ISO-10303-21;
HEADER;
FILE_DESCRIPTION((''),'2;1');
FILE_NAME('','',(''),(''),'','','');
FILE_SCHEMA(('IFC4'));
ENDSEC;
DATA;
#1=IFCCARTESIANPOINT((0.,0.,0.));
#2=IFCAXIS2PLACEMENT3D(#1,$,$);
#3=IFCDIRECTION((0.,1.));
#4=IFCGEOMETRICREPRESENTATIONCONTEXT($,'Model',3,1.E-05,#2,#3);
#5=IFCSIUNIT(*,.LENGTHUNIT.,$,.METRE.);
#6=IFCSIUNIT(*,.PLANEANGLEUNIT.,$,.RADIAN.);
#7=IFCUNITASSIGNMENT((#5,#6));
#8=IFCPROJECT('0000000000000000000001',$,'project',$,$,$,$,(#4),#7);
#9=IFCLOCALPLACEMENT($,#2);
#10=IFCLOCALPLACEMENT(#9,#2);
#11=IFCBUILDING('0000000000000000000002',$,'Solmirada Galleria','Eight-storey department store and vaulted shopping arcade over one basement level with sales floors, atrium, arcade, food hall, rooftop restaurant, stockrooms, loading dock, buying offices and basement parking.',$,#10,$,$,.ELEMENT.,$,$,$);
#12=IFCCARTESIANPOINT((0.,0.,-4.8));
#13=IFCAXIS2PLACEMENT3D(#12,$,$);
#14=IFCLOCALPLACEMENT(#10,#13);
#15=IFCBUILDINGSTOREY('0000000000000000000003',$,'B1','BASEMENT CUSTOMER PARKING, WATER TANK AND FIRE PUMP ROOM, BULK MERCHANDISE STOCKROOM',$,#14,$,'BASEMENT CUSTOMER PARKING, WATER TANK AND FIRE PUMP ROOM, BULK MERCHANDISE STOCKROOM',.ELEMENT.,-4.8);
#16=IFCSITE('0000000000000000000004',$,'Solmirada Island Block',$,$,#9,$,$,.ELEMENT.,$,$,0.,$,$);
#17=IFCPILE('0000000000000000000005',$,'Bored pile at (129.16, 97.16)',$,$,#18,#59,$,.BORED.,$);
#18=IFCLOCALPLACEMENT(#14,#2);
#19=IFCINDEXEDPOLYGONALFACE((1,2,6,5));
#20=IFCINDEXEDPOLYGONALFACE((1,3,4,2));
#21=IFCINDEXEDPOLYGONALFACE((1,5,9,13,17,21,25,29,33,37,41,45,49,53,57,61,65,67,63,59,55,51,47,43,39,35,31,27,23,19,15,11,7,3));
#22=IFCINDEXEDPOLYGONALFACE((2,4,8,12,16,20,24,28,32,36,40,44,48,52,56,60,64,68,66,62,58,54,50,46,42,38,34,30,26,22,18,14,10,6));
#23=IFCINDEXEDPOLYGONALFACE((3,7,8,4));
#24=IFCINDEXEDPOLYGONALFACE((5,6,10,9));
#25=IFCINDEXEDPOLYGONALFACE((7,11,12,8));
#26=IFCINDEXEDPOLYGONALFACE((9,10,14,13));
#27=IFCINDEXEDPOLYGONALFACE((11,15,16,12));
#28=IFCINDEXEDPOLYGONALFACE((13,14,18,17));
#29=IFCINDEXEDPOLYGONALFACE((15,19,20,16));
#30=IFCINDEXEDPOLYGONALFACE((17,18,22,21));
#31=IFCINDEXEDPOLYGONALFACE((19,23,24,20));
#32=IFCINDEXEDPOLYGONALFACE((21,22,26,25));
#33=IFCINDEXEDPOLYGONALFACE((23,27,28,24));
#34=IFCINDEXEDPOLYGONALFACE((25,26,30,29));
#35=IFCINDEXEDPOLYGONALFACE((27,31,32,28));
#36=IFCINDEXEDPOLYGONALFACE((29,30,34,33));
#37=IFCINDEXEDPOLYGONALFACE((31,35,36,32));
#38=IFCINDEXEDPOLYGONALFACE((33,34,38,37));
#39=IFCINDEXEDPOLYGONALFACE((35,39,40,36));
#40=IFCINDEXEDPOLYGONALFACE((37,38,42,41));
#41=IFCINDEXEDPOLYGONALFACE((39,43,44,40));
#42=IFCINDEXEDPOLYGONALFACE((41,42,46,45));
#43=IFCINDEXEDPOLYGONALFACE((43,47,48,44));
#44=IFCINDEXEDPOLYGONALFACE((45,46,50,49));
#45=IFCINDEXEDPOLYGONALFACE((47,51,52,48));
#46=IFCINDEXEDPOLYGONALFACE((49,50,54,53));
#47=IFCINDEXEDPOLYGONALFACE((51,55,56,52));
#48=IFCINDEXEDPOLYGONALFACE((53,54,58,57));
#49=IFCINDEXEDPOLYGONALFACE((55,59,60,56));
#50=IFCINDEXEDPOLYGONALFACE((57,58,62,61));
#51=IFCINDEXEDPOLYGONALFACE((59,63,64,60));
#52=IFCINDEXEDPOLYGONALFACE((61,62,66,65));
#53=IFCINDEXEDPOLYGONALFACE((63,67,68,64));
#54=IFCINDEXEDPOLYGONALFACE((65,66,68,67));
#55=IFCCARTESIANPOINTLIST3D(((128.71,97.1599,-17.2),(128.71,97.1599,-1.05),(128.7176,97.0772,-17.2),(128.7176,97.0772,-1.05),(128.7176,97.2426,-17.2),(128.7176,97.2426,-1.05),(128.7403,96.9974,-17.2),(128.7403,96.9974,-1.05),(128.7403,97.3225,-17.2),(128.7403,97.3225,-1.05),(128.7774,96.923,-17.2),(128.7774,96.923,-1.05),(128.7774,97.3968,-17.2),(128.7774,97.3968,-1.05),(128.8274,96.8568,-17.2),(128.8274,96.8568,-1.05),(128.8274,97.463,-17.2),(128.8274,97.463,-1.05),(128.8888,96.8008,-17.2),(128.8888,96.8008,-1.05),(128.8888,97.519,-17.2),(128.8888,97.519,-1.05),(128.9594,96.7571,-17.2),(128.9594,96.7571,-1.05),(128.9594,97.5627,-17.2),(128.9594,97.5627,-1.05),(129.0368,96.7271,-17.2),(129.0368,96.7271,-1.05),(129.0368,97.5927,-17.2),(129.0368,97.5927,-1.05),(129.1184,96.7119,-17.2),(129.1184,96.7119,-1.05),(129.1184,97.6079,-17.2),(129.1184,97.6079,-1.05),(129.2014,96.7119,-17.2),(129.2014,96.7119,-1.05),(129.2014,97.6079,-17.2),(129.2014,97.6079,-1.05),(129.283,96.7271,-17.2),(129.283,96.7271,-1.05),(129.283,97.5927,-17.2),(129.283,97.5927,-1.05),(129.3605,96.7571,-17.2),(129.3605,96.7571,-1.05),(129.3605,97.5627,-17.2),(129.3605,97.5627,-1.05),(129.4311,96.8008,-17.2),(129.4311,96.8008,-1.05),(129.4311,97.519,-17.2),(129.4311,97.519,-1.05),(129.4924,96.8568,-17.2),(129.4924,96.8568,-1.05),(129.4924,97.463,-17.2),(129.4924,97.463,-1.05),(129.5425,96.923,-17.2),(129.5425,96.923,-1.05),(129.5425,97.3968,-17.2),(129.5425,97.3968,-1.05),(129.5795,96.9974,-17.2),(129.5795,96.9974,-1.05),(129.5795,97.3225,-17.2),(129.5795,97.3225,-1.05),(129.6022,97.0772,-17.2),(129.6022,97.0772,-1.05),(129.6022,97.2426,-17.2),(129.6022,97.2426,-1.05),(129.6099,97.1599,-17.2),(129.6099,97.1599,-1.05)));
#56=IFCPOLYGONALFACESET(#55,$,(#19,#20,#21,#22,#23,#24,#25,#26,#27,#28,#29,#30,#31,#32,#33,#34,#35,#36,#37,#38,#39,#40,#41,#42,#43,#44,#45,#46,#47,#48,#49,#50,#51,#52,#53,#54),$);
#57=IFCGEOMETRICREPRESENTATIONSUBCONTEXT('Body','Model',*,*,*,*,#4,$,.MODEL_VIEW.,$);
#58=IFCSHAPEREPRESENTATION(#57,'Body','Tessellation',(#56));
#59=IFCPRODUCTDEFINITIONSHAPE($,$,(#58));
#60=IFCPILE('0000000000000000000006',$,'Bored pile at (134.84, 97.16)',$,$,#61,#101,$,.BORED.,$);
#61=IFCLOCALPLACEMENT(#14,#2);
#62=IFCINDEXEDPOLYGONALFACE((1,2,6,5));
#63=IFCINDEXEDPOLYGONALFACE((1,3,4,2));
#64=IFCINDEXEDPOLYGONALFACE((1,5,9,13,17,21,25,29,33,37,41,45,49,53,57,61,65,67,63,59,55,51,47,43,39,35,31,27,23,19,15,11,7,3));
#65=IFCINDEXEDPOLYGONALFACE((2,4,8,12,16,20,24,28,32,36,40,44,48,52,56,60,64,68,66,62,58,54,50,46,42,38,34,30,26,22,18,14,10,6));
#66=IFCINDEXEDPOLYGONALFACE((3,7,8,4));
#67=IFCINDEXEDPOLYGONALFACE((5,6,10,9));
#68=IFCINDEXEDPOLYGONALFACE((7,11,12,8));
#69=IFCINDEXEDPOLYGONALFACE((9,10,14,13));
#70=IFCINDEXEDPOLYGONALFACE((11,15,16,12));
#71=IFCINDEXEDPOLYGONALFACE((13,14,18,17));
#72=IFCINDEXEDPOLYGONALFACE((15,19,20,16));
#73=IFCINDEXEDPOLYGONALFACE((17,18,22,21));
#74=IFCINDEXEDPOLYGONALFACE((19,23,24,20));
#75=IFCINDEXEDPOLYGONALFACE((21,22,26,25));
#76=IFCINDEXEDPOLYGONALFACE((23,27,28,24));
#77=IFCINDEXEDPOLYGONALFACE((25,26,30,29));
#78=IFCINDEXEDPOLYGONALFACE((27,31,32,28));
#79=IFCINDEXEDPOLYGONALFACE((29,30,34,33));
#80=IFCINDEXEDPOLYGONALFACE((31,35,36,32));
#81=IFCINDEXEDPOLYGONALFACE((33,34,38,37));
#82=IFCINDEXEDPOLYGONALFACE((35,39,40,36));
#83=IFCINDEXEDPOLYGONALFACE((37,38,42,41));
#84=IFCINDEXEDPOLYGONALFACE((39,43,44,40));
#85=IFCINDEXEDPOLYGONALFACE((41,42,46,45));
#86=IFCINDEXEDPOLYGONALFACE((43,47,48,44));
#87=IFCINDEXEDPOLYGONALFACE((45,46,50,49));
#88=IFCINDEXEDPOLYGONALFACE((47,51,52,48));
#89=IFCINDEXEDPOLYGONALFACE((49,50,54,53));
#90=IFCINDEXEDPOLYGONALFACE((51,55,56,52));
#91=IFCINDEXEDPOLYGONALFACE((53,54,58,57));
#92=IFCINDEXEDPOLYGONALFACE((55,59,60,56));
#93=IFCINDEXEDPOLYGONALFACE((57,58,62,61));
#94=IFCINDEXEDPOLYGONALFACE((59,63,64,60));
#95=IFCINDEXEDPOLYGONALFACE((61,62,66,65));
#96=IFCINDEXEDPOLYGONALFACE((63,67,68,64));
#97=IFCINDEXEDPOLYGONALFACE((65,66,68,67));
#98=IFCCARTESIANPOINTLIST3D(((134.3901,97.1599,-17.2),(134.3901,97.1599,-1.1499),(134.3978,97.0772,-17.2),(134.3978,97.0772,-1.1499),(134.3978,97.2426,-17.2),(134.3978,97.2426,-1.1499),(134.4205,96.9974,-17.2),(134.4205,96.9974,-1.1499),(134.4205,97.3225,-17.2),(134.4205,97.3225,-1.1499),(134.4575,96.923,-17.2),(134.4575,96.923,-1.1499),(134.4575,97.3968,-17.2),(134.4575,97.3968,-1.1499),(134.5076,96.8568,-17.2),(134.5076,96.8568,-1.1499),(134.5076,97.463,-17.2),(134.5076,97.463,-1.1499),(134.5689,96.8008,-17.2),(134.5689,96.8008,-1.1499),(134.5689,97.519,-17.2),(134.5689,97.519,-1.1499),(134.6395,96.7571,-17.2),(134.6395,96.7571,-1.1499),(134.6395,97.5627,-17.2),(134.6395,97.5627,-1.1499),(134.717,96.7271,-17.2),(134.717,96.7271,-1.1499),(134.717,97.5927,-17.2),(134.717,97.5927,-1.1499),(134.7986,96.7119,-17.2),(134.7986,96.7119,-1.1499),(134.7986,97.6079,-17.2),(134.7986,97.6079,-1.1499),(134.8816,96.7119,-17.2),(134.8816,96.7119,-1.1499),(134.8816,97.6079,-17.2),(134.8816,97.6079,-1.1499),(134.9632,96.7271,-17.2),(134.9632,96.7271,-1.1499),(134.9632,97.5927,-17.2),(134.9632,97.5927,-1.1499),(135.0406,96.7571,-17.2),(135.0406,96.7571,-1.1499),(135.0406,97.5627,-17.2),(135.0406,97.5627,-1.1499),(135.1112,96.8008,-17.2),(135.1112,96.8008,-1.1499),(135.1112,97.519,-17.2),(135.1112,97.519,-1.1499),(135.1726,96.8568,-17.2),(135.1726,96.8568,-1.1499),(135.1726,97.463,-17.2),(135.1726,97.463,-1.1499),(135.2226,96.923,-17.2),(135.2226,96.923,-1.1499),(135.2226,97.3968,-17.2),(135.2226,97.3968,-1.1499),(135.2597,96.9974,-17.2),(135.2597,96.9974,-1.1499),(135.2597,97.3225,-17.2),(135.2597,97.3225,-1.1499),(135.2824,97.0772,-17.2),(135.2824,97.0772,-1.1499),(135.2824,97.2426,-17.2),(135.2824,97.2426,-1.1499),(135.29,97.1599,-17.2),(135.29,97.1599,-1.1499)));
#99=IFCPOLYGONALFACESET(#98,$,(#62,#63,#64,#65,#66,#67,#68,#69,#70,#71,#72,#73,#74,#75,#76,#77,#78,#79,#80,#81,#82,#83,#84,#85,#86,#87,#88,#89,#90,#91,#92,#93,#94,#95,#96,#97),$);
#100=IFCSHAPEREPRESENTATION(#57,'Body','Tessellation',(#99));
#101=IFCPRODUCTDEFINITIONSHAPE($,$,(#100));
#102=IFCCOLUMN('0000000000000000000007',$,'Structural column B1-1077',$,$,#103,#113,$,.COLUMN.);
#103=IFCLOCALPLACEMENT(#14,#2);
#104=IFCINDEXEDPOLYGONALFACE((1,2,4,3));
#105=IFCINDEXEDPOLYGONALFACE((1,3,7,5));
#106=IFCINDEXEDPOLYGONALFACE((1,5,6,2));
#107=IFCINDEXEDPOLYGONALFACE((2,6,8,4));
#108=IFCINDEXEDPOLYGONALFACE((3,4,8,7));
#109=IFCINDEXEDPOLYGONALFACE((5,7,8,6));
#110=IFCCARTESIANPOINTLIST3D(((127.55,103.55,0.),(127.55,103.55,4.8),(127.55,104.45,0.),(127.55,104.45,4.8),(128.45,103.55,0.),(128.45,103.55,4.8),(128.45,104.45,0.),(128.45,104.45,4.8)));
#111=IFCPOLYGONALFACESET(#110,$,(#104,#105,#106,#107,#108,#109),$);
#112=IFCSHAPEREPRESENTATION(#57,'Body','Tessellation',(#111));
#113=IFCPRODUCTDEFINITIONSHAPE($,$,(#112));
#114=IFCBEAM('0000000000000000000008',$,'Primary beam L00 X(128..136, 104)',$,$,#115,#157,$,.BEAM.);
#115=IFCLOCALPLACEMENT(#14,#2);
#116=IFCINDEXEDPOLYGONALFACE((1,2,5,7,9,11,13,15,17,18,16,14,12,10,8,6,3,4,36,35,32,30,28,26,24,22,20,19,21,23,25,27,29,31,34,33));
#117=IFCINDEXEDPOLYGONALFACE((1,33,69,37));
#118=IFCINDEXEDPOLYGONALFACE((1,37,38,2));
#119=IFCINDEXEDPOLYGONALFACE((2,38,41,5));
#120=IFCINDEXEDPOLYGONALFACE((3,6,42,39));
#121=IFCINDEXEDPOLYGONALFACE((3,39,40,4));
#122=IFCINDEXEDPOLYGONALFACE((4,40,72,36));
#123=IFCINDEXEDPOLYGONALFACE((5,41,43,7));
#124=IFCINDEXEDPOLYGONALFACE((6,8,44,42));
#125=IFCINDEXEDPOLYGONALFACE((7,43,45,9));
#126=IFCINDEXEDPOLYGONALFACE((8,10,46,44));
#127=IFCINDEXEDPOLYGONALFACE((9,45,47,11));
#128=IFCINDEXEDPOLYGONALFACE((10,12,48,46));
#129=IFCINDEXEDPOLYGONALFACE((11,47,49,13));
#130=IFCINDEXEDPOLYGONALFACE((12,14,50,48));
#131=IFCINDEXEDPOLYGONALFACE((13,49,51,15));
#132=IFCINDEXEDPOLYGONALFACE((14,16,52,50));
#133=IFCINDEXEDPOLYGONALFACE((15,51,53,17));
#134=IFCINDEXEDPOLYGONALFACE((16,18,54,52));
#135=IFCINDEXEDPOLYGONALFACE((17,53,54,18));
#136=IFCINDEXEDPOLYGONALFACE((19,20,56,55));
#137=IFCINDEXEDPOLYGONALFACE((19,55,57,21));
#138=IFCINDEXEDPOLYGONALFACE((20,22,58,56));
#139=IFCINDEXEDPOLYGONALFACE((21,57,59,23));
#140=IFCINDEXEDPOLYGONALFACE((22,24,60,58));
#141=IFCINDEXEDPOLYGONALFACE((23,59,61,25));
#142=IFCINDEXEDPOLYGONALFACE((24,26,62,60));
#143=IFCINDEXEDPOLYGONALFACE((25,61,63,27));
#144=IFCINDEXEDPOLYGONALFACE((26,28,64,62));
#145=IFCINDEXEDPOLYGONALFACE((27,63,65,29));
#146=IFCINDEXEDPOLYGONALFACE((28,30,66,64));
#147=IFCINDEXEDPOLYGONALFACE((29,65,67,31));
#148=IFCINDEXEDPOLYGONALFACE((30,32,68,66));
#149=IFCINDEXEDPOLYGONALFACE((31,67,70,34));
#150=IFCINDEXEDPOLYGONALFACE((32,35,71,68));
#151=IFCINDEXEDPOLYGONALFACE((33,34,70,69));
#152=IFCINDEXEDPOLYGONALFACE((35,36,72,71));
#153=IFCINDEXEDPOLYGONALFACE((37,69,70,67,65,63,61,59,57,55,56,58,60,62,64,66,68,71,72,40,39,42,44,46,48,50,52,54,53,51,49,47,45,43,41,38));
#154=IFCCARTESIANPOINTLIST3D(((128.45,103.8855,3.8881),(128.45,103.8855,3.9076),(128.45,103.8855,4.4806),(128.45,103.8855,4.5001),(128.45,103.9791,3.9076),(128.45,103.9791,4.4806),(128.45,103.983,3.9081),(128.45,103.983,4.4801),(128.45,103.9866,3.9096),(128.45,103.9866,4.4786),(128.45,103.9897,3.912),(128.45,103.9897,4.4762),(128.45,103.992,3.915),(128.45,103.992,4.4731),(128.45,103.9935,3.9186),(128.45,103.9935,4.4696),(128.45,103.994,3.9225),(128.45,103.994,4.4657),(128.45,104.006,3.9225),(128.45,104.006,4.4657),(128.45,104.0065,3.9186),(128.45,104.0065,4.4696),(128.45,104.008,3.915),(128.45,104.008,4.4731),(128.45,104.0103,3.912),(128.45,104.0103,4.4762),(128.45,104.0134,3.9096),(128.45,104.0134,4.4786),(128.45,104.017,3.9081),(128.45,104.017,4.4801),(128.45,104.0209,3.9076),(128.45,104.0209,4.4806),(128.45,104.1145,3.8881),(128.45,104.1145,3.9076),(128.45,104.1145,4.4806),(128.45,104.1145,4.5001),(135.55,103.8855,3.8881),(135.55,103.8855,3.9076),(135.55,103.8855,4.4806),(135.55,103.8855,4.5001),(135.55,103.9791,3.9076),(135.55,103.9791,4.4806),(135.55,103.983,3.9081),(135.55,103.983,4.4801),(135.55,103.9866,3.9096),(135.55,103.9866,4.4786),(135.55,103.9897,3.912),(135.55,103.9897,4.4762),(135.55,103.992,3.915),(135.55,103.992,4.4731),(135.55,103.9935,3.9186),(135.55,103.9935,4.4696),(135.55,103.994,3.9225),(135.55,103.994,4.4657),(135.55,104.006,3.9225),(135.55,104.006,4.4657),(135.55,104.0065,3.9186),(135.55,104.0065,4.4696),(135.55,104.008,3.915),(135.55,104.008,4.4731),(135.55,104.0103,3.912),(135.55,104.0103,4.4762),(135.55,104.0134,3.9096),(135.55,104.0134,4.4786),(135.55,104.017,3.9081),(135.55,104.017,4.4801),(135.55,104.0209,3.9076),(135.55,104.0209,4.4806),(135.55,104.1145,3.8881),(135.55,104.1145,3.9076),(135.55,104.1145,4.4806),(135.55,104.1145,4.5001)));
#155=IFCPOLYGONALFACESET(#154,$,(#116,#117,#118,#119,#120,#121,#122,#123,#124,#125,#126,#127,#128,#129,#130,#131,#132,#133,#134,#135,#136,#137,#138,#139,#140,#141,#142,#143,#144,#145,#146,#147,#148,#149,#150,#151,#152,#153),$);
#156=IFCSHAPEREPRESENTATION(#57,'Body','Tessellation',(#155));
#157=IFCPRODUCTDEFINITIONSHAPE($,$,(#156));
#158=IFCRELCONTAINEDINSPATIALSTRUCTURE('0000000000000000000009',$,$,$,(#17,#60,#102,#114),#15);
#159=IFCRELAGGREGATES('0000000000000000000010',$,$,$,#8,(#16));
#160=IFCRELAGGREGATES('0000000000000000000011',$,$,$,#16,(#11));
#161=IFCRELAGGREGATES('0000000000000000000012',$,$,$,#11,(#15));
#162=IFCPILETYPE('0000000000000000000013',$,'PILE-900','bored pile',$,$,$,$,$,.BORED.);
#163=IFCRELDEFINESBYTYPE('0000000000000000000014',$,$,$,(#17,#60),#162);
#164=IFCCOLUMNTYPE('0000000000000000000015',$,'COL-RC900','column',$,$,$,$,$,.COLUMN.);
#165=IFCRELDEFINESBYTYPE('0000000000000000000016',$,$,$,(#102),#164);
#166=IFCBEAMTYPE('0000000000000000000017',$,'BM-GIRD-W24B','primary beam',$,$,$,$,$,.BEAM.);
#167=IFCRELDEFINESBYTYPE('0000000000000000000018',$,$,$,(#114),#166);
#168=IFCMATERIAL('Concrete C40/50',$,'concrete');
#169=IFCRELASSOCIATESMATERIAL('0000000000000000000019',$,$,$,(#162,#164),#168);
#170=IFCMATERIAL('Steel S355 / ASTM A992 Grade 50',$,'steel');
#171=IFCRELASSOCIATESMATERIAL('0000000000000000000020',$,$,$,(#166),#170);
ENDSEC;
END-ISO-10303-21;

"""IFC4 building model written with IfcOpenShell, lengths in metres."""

from ifc_helpers import new_model, si_unit, direction, frame, origin, origin_2d, place, context, subcontext, project, spatial, rectangle, circle, i_section, extrude, material, material_profile, profile_set, type_object, element, save


model = new_model("IFC4")

# Units and contexts
model_context = context("Model", 3, precision=1e-05, world=origin(), true_north=direction((0.0, 1.0)))
body_context = subcontext(model_context, "Body", "Model", "MODEL_VIEW")
ifc_project = project(units=[si_unit("LENGTHUNIT", "METRE"), si_unit("PLANEANGLEUNIT", "RADIAN")], contexts=[model_context])

# Site, building, storey
site_placement = place(None, origin())
site = spatial("IfcSite", under=ifc_project, at=site_placement, Name="Solmirada Island Block", CompositionType="ELEMENT", RefElevation=0.0)
building_placement = place(site_placement, origin())
building = spatial("IfcBuilding", under=site, at=building_placement, Name="Solmirada Galleria", Description="Eight-storey department store and vaulted shopping arcade over one basement level with sales floors, atrium, arcade, food hall, rooftop restaurant, stockrooms, loading dock, buying offices and basement parking.", CompositionType="ELEMENT")
storey_placement = place(building_placement, frame((0.0, 0.0, -4.8)))
storey = spatial("IfcBuildingStorey", under=building, at=storey_placement, Name="B1", Description="BASEMENT CUSTOMER PARKING, WATER TANK AND FIRE PUMP ROOM, BULK MERCHANDISE STOCKROOM", LongName="BASEMENT CUSTOMER PARKING, WATER TANK AND FIRE PUMP ROOM, BULK MERCHANDISE STOCKROOM", CompositionType="ELEMENT", Elevation=-4.8)

# Piles
ifc_material_1 = material(Name="Concrete C40/50", Category="concrete")
ifc_material_profile_1 = material_profile(ifc_material_1, circle(Radius=0.45, at=origin_2d()), Name="PILE900")
ifc_profile_set_1 = profile_set([ifc_material_profile_1], Name="Concrete C40/50")
pile_type_1 = type_object("IfcPileType", Name="PILE-900", Description="bored pile", PredefinedType="BORED", material=ifc_profile_set_1)
pile_1_placement = place(storey_placement, frame((129.1599, 97.1599, -1.05), z_axis=(0.0, 0.0, -1.0), x_axis=(1.0, 0.0, 0.0)))
element("IfcPile", 1, at=pile_1_placement, inside=storey, type_object=pile_type_1, Name="Bored pile at (129.16, 97.16)", PredefinedType="BORED", context=body_context, shape_type="SweptSolid", body=[
    extrude(circle(Radius=0.45, at=origin_2d()), origin(), (0.0, 0.0, 1.0), 16.1499),
])
pile_2_placement = place(storey_placement, frame((134.8401, 97.1599, -1.1499), z_axis=(0.0, 0.0, -1.0), x_axis=(1.0, 0.0, 0.0)))
element("IfcPile", 2, at=pile_2_placement, inside=storey, type_object=pile_type_1, Name="Bored pile at (134.84, 97.16)", PredefinedType="BORED", context=body_context, shape_type="SweptSolid", body=[
    extrude(circle(Radius=0.45, at=origin_2d()), origin(), (0.0, 0.0, 1.0), 16.05),
])

# Column
ifc_material_profile_2 = material_profile(ifc_material_1, rectangle(XDim=0.8999, YDim=0.8999, at=origin_2d()), Name="RC900X900")
ifc_profile_set_2 = profile_set([ifc_material_profile_2], Name="Concrete C40/50")
column_type = type_object("IfcColumnType", Name="COL-RC900", Description="column", PredefinedType="COLUMN", material=ifc_profile_set_2)
column_placement = place(storey_placement, frame((128.0, 104.0, 0.0), z_axis=(0.0, 0.0, 1.0), x_axis=(1.0, 0.0, 0.0)))
element("IfcColumn", 3, at=column_placement, inside=storey, type_object=column_type, Name="Structural column B1-1077", PredefinedType="COLUMN", context=body_context, shape_type="SweptSolid", body=[
    extrude(rectangle(XDim=0.8999, YDim=0.8999, at=origin_2d()), origin(), (0.0, 0.0, 1.0), 4.8),
])

# Beam
ifc_material_2 = material(Name="Steel S355 / ASTM A992 Grade 50", Category="steel")
ifc_material_profile_3 = material_profile(ifc_material_2, i_section(OverallWidth=0.229, OverallDepth=0.6121, WebThickness=0.012, FlangeThickness=0.0195, FilletRadius=0.0149, at=origin_2d()), Name="W24X84")
ifc_profile_set_3 = profile_set([ifc_material_profile_3], Name="Steel S355 / ASTM A992 Grade 50")
beam_type_1 = type_object("IfcBeamType", Name="BM-GIRD-W24B", Description="primary beam", PredefinedType="BEAM", material=ifc_profile_set_3)
beam_1_placement = place(storey_placement, frame((128.45, 104.0, 4.1941), z_axis=(1.0, 0.0, 0.0), x_axis=(0.0, 1.0, 0.0)))
element("IfcBeam", 4, at=beam_1_placement, inside=storey, type_object=beam_type_1, Name="Primary beam L00 X(128..136, 104)", PredefinedType="BEAM", context=body_context, shape_type="SweptSolid", body=[
    extrude(i_section(OverallWidth=0.229, OverallDepth=0.6121, WebThickness=0.012, FlangeThickness=0.0195, FilletRadius=0.0149, at=origin_2d()), origin(), (0.0, 0.0, 1.0), 7.1001),
])

save(model, "model.ifc")
